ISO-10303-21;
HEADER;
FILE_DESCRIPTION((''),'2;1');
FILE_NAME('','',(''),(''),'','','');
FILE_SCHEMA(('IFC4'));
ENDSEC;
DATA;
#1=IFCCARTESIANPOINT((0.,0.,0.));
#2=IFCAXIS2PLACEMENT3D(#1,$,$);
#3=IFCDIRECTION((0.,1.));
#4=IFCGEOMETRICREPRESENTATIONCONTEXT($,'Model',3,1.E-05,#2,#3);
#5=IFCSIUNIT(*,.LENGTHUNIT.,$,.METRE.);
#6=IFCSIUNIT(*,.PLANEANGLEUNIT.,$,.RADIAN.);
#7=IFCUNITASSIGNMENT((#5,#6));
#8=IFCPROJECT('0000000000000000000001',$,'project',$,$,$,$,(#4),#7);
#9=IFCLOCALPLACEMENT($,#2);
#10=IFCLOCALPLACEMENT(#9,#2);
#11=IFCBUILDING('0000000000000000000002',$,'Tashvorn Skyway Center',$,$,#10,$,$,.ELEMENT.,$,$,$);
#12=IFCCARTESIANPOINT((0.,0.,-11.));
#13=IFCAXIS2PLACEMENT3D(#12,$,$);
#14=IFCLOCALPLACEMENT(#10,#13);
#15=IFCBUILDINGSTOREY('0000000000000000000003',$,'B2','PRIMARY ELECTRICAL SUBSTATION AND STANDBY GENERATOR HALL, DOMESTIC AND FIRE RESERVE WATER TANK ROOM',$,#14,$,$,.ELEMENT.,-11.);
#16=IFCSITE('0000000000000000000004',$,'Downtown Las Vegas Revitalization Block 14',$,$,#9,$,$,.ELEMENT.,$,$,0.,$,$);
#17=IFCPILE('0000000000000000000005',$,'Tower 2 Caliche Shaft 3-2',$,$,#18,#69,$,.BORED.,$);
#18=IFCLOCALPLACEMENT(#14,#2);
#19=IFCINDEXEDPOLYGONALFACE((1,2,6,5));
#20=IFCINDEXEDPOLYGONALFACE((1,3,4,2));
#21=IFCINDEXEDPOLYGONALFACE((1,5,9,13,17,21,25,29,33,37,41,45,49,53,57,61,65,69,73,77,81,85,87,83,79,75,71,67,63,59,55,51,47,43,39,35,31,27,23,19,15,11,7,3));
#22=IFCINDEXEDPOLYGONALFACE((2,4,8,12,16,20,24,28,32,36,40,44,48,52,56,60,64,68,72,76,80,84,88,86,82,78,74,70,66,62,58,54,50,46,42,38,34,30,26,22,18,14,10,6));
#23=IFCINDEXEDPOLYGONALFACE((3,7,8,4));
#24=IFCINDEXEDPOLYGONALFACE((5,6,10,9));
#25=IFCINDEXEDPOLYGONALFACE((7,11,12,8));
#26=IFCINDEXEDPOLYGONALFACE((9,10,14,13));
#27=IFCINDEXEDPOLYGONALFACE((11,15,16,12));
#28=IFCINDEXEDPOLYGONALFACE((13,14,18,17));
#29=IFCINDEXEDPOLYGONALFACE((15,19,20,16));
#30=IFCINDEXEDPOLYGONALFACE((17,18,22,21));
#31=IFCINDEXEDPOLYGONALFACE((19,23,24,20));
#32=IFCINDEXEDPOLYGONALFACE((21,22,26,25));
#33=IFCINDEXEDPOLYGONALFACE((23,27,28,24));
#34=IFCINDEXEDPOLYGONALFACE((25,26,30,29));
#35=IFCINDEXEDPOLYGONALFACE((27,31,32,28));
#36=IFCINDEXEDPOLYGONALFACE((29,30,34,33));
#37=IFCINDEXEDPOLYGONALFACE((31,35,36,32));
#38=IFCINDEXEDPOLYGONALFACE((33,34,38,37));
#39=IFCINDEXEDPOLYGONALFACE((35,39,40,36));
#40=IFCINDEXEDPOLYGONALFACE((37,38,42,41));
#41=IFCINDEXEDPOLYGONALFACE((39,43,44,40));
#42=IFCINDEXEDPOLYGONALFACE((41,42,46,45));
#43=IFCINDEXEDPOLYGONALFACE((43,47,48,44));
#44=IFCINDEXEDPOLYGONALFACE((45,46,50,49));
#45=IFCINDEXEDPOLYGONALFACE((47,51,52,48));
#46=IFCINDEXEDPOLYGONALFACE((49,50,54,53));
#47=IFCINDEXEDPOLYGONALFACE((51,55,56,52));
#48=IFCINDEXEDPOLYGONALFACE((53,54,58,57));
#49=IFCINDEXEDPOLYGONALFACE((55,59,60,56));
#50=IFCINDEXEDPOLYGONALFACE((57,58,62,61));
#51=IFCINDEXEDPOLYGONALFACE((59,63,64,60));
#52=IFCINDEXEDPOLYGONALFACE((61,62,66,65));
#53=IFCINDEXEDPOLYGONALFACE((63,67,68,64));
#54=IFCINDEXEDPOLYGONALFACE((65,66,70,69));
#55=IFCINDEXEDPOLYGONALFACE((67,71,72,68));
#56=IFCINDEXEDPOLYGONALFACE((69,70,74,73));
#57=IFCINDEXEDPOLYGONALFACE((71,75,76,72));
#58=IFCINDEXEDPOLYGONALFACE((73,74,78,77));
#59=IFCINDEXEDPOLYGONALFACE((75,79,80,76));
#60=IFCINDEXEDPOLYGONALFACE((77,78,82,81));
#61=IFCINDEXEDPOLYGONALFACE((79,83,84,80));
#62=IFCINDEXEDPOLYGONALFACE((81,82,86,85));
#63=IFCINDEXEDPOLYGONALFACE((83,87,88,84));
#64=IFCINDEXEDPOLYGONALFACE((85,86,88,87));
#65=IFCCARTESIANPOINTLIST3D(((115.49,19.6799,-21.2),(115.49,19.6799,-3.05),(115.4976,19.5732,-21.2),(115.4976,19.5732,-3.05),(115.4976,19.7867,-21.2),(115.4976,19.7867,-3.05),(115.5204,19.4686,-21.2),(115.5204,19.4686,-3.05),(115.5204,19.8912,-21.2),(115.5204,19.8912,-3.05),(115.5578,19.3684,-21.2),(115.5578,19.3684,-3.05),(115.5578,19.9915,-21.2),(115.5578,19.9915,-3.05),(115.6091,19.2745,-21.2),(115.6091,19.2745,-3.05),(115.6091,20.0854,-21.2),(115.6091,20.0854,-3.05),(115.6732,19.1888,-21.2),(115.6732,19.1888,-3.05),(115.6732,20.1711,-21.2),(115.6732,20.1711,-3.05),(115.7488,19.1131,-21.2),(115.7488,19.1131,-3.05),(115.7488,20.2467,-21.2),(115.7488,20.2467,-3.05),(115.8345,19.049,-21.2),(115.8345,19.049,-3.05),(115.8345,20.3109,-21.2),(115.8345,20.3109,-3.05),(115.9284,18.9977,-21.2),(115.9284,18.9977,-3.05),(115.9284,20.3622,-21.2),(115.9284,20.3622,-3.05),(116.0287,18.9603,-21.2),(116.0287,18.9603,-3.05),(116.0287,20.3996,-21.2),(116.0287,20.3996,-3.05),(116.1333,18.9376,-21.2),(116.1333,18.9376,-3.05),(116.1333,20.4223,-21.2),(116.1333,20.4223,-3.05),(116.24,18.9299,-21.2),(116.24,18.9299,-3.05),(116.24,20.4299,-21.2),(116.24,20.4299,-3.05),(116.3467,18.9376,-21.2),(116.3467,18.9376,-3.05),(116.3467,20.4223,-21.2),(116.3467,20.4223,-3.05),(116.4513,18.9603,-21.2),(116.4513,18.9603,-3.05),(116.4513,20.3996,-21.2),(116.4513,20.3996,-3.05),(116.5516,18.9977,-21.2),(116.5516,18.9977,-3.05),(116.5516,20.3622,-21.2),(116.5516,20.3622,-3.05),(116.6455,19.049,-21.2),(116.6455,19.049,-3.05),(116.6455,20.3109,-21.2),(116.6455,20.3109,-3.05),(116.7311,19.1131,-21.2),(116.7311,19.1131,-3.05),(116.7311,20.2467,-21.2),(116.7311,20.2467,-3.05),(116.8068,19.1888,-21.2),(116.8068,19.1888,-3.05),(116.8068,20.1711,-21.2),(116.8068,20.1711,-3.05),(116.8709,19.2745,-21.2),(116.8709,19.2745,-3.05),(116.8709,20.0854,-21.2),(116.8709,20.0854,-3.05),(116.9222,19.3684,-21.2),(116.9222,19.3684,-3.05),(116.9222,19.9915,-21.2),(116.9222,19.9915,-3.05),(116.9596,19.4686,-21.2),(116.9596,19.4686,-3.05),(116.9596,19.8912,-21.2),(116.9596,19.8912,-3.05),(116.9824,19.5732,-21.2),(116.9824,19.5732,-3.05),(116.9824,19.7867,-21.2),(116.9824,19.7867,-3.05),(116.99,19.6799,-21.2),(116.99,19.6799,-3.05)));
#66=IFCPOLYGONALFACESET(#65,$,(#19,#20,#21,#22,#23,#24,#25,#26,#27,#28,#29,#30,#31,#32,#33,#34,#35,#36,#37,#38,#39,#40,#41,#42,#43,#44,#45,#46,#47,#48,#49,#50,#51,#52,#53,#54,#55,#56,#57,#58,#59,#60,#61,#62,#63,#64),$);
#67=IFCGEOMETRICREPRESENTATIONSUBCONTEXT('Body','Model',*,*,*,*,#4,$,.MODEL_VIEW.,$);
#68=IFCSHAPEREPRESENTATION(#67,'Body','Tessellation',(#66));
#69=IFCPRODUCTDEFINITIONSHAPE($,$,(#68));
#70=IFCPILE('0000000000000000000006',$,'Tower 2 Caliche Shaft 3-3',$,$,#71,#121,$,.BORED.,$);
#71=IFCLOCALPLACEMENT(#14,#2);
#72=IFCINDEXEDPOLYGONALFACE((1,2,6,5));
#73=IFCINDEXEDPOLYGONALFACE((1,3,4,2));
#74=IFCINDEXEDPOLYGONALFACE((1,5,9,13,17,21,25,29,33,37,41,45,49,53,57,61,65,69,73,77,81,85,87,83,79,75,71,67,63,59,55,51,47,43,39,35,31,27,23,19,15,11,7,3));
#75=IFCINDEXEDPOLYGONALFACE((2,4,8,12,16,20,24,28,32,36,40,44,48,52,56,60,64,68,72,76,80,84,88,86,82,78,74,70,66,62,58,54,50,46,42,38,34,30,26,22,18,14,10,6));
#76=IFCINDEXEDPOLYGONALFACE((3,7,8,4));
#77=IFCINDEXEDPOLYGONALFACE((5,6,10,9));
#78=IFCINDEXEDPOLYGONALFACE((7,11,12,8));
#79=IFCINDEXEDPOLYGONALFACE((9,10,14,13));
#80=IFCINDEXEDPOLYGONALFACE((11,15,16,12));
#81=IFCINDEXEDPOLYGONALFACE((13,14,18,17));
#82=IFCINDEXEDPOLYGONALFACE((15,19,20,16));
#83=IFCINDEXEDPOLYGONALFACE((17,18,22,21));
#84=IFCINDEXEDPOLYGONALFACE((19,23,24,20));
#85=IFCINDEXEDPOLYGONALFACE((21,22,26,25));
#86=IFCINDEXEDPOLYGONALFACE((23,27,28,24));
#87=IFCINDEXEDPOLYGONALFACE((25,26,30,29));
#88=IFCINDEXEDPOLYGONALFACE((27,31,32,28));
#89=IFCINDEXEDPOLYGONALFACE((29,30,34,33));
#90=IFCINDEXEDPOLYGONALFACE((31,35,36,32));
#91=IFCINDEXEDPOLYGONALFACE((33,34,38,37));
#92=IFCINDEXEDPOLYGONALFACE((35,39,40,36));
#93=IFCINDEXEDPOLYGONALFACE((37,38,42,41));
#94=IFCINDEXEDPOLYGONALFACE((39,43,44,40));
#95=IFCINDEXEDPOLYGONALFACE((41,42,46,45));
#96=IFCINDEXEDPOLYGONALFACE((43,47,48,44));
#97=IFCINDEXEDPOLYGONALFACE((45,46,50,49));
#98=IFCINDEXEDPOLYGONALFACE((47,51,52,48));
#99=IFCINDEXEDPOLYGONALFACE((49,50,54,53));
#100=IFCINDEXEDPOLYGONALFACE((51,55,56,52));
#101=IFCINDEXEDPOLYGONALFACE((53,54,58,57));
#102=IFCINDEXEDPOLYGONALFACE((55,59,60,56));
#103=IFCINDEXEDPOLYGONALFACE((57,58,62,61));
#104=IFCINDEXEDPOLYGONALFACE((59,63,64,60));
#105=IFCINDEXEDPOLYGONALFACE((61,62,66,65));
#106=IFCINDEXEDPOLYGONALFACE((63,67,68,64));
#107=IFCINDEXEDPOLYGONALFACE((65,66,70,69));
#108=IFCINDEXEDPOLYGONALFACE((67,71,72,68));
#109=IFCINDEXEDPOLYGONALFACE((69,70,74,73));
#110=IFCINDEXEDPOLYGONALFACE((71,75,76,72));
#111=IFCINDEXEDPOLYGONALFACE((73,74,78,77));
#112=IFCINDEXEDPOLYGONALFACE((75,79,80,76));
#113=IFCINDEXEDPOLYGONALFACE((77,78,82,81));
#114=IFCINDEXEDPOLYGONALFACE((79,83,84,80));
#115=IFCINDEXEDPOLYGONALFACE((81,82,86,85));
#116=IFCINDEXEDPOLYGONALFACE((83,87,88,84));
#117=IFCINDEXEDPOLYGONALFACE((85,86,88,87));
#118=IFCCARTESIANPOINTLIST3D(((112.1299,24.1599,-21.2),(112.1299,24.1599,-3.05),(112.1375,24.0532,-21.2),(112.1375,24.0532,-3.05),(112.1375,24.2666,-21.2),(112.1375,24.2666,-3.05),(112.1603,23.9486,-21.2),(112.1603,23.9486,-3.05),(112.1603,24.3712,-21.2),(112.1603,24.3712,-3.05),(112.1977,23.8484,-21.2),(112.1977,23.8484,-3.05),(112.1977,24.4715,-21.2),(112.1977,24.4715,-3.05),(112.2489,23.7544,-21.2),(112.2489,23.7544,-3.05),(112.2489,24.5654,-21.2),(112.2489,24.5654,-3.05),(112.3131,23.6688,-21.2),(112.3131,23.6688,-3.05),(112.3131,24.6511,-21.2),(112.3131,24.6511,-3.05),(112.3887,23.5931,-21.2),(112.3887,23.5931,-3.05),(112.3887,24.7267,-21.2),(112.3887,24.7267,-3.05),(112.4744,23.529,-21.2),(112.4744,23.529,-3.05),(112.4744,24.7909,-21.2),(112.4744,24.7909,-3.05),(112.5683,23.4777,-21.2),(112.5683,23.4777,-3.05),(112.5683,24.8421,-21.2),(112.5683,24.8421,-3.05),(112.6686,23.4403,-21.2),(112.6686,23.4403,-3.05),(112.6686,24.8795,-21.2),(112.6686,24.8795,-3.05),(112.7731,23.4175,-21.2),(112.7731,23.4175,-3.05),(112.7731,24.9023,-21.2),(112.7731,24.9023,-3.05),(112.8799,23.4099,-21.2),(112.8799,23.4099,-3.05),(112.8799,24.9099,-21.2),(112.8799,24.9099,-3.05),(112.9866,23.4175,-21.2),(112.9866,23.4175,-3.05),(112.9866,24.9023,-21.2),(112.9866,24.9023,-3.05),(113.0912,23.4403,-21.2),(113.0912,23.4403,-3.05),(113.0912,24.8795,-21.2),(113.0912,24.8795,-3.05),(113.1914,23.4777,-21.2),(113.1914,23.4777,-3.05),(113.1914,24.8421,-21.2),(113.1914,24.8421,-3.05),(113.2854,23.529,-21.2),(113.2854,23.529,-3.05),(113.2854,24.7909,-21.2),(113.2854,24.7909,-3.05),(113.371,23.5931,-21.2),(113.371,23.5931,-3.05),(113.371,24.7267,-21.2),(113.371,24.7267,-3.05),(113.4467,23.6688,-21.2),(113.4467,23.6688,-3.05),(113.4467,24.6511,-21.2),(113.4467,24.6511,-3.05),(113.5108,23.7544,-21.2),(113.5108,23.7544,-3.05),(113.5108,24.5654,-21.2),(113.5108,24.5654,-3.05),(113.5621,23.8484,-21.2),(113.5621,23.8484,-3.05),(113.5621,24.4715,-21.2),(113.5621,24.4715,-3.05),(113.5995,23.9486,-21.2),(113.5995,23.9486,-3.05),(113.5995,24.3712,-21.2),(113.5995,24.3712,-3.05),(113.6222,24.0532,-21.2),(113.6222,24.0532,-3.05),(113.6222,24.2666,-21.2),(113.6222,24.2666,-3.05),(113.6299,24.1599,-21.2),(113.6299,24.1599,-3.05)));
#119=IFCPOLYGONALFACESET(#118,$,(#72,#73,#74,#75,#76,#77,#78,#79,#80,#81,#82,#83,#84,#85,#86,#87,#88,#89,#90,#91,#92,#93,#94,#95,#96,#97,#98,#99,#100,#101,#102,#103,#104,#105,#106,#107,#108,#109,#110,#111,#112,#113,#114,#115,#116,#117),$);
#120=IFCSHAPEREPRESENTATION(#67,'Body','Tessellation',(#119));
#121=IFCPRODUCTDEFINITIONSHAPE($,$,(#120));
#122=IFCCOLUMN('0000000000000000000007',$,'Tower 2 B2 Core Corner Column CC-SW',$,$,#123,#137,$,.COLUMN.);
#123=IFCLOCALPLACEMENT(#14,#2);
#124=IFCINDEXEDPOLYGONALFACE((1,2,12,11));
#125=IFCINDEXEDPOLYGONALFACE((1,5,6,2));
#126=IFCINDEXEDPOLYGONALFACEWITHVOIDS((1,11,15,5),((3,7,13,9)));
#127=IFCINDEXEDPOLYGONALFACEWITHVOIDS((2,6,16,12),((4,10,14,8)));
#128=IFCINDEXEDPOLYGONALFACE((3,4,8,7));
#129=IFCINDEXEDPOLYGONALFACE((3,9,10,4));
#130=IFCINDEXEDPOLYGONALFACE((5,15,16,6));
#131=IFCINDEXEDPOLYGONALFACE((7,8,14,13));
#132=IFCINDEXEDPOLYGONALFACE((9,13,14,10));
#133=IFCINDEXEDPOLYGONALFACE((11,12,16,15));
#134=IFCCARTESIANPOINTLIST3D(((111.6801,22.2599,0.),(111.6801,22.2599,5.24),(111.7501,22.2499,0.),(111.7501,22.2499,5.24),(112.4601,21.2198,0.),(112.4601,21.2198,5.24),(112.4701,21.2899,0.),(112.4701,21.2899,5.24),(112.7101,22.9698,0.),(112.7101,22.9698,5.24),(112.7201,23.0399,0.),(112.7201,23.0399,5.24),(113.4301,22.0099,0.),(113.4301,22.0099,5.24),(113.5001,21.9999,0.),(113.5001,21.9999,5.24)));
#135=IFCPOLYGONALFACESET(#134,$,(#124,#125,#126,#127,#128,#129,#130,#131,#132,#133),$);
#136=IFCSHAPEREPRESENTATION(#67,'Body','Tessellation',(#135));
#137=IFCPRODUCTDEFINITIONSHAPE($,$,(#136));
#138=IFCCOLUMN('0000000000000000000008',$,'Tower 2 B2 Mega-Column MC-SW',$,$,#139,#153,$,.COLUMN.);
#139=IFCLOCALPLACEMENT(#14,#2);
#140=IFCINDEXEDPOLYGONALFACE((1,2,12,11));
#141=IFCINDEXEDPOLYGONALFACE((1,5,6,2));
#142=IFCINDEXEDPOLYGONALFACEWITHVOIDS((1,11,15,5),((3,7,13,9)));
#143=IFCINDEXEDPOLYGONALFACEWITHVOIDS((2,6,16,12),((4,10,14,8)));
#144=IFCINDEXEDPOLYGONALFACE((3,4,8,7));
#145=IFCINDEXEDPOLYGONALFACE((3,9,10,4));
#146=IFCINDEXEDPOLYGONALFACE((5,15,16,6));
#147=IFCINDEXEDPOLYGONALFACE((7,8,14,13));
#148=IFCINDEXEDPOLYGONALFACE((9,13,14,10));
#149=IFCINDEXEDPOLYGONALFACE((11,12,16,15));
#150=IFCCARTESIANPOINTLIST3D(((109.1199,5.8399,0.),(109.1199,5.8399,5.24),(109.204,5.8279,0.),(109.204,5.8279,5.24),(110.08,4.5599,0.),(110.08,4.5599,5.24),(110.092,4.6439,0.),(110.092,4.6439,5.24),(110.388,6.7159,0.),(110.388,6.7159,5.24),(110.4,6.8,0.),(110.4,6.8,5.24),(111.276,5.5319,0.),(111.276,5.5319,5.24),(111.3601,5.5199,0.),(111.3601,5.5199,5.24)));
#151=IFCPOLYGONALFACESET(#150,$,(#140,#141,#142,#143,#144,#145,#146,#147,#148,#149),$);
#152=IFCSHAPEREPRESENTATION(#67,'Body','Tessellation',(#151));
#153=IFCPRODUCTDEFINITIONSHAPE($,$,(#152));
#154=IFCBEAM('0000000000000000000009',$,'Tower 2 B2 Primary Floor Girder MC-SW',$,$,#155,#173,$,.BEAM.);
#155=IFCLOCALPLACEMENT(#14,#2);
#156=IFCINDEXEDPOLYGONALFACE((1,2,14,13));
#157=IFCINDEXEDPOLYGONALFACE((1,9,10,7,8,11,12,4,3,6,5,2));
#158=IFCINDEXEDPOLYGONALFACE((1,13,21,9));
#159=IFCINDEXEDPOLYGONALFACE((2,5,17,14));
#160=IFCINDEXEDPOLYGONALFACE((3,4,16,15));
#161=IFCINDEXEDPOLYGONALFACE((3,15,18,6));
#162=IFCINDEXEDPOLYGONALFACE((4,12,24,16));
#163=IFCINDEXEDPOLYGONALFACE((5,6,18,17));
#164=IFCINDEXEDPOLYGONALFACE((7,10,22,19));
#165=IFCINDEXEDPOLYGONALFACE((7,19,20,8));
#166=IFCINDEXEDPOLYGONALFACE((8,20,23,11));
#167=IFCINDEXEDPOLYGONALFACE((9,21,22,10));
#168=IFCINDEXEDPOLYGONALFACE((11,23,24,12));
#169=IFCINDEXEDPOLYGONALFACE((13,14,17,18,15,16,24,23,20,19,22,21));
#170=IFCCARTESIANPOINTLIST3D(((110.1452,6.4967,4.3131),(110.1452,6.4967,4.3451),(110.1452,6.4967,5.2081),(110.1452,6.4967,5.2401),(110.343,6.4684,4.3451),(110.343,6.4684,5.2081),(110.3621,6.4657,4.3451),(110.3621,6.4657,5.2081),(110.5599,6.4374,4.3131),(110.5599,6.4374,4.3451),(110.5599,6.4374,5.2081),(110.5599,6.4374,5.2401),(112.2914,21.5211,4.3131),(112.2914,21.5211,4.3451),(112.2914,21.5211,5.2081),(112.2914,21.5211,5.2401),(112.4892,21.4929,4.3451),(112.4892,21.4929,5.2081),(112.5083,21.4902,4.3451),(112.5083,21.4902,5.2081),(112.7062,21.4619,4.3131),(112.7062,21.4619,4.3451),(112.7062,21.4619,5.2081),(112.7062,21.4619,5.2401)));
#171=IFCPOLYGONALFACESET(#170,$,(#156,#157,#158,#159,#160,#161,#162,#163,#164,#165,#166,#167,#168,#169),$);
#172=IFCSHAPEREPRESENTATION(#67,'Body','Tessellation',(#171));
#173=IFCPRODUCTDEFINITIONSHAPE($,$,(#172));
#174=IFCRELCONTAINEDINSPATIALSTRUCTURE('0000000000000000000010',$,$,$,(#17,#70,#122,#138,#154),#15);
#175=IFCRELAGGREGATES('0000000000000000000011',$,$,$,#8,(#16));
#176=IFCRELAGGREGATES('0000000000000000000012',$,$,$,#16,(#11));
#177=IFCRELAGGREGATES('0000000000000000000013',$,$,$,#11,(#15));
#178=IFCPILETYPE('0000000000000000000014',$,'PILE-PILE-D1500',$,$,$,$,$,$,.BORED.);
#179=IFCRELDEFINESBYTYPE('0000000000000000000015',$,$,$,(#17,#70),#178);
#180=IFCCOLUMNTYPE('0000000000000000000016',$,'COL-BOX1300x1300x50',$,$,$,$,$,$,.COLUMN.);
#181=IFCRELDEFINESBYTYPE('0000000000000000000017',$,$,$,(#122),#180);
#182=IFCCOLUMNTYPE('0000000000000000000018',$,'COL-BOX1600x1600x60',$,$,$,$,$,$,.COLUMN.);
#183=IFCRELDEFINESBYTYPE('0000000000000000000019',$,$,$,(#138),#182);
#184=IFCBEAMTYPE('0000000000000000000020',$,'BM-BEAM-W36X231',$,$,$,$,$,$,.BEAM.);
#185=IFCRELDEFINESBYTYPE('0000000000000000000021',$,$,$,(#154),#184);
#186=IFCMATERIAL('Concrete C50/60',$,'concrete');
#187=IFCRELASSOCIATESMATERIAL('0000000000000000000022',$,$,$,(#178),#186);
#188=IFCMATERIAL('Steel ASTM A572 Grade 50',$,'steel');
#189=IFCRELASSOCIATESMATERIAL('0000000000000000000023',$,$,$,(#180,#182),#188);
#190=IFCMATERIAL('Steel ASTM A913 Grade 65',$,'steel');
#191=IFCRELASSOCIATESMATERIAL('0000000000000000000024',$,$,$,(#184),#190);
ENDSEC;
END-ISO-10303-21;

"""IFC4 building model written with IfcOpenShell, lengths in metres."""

from ifc_helpers import new_model, si_unit, direction, frame, origin, origin_2d, place, context, subcontext, project, spatial, hollow_rectangle, circle, i_section, extrude, material, material_profile, profile_set, type_object, element, save


model = new_model("IFC4")

# Units and contexts
model_context = context("Model", 3, precision=1e-05, world=origin(), true_north=direction((0.0, 1.0)))
body_context = subcontext(model_context, "Body", "Model", "MODEL_VIEW")
ifc_project = project(units=[si_unit("LENGTHUNIT", "METRE"), si_unit("PLANEANGLEUNIT", "RADIAN")], contexts=[model_context])

# Site, building, storey
site_placement = place(None, origin())
site = spatial("IfcSite", under=ifc_project, at=site_placement, Name="Downtown Las Vegas Revitalization Block 14", CompositionType="ELEMENT", RefElevation=0.0)
building_placement = place(site_placement, origin())
building = spatial("IfcBuilding", under=site, at=building_placement, Name="Tashvorn Skyway Center", CompositionType="ELEMENT")
storey_placement = place(building_placement, frame((0.0, 0.0, -11.0)))
storey = spatial("IfcBuildingStorey", under=building, at=storey_placement, Name="B2", Description="PRIMARY ELECTRICAL SUBSTATION AND STANDBY GENERATOR HALL, DOMESTIC AND FIRE RESERVE WATER TANK ROOM", CompositionType="ELEMENT", Elevation=-11.0)

# Piles
ifc_material_1 = material(Name="Concrete C50/60", Category="concrete")
ifc_material_profile_1 = material_profile(ifc_material_1, circle(Radius=0.75, at=origin_2d()), Name="PILE-D1500")
ifc_profile_set_1 = profile_set([ifc_material_profile_1], Name="Concrete C50/60")
pile_type = type_object("IfcPileType", Name="PILE-PILE-D1500", PredefinedType="BORED", material=ifc_profile_set_1)
for number, where, z_axis, x_axis, name in (
    (1, (116.24, 19.6799, -3.05), (0.0, 0.0, -1.0), (1.0, 0.0, 0.0), "Tower 2 Caliche Shaft 3-2"),
    (2, (112.8799, 24.1599, -3.05), (0.0, 0.0, -1.0), (1.0, 0.0, 0.0), "Tower 2 Caliche Shaft 3-3"),
):
    element("IfcPile", number, at=place(storey_placement, frame(where, z_axis=z_axis, x_axis=x_axis)), inside=storey, type_object=pile_type, Name=name, PredefinedType="BORED", context=body_context, shape_type="SweptSolid", body=[
        extrude(circle(Radius=0.75, at=origin_2d()), origin(), (0.0, 0.0, 1.0), 18.1499),
    ])

# Columns
ifc_material_2 = material(Name="Steel ASTM A572 Grade 50", Category="steel")
ifc_material_profile_2 = material_profile(ifc_material_2, hollow_rectangle(XDim=1.3, YDim=1.3, WallThickness=0.05, at=origin_2d()), Name="BOX1300x1300x50")
ifc_profile_set_2 = profile_set([ifc_material_profile_2], Name="Steel ASTM A572 Grade 50")
column_type_1 = type_object("IfcColumnType", Name="COL-BOX1300x1300x50", PredefinedType="COLUMN", material=ifc_profile_set_2)
column_1_placement = place(storey_placement, frame((112.5901, 22.1299, 0.0), z_axis=(0.0, 0.0, 1.0), x_axis=(0.8, 0.6, 0.0)))
element("IfcColumn", 3, at=column_1_placement, inside=storey, type_object=column_type_1, Name="Tower 2 B2 Core Corner Column CC-SW", PredefinedType="COLUMN", context=body_context, shape_type="SweptSolid", body=[
    extrude(hollow_rectangle(XDim=1.3, YDim=1.3, WallThickness=0.05, at=origin_2d()), origin(), (0.0, 0.0, 1.0), 5.24),
])
ifc_material_profile_3 = material_profile(ifc_material_2, hollow_rectangle(XDim=1.6001, YDim=1.6001, WallThickness=0.0601, at=origin_2d()), Name="BOX1600x1600x60")
ifc_profile_set_3 = profile_set([ifc_material_profile_3], Name="Steel ASTM A572 Grade 50")
column_type_2 = type_object("IfcColumnType", Name="COL-BOX1600x1600x60", PredefinedType="COLUMN", material=ifc_profile_set_3)
column_2_placement = place(storey_placement, frame((110.24, 5.6799, 0.0), z_axis=(0.0, 0.0, 1.0), x_axis=(0.8, 0.6, 0.0)))
element("IfcColumn", 4, at=column_2_placement, inside=storey, type_object=column_type_2, Name="Tower 2 B2 Mega-Column MC-SW", PredefinedType="COLUMN", context=body_context, shape_type="SweptSolid", body=[
    extrude(hollow_rectangle(XDim=1.6001, YDim=1.6001, WallThickness=0.0601, at=origin_2d()), origin(), (0.0, 0.0, 1.0), 5.24),
])

# Beam
ifc_material_3 = material(Name="Steel ASTM A913 Grade 65", Category="steel")
ifc_material_profile_4 = material_profile(ifc_material_3, i_section(OverallWidth=0.4189, OverallDepth=0.927, WebThickness=0.0193, FlangeThickness=0.032, at=origin_2d()), Name="W36X231")
ifc_profile_set_4 = profile_set([ifc_material_profile_4], Name="Steel ASTM A913 Grade 65")
beam_type_1 = type_object("IfcBeamType", Name="BM-BEAM-W36X231", PredefinedType="BEAM", material=ifc_profile_set_4)
beam_1_placement = place(storey_placement, frame((110.3525, 6.467, 4.7766), z_axis=(0.141415, 0.98995, 0.0), x_axis=(-0.98995, 0.141415, 0.0)))
element("IfcBeam", 5, at=beam_1_placement, inside=storey, type_object=beam_type_1, Name="Tower 2 B2 Primary Floor Girder MC-SW", PredefinedType="BEAM", context=body_context, shape_type="SweptSolid", body=[
    extrude(i_section(OverallWidth=0.4189, OverallDepth=0.927, WebThickness=0.0193, FlangeThickness=0.032, at=origin_2d()), origin(), (0.0, 0.0, 1.0), 15.177),
])

save(model, "model.ifc")
